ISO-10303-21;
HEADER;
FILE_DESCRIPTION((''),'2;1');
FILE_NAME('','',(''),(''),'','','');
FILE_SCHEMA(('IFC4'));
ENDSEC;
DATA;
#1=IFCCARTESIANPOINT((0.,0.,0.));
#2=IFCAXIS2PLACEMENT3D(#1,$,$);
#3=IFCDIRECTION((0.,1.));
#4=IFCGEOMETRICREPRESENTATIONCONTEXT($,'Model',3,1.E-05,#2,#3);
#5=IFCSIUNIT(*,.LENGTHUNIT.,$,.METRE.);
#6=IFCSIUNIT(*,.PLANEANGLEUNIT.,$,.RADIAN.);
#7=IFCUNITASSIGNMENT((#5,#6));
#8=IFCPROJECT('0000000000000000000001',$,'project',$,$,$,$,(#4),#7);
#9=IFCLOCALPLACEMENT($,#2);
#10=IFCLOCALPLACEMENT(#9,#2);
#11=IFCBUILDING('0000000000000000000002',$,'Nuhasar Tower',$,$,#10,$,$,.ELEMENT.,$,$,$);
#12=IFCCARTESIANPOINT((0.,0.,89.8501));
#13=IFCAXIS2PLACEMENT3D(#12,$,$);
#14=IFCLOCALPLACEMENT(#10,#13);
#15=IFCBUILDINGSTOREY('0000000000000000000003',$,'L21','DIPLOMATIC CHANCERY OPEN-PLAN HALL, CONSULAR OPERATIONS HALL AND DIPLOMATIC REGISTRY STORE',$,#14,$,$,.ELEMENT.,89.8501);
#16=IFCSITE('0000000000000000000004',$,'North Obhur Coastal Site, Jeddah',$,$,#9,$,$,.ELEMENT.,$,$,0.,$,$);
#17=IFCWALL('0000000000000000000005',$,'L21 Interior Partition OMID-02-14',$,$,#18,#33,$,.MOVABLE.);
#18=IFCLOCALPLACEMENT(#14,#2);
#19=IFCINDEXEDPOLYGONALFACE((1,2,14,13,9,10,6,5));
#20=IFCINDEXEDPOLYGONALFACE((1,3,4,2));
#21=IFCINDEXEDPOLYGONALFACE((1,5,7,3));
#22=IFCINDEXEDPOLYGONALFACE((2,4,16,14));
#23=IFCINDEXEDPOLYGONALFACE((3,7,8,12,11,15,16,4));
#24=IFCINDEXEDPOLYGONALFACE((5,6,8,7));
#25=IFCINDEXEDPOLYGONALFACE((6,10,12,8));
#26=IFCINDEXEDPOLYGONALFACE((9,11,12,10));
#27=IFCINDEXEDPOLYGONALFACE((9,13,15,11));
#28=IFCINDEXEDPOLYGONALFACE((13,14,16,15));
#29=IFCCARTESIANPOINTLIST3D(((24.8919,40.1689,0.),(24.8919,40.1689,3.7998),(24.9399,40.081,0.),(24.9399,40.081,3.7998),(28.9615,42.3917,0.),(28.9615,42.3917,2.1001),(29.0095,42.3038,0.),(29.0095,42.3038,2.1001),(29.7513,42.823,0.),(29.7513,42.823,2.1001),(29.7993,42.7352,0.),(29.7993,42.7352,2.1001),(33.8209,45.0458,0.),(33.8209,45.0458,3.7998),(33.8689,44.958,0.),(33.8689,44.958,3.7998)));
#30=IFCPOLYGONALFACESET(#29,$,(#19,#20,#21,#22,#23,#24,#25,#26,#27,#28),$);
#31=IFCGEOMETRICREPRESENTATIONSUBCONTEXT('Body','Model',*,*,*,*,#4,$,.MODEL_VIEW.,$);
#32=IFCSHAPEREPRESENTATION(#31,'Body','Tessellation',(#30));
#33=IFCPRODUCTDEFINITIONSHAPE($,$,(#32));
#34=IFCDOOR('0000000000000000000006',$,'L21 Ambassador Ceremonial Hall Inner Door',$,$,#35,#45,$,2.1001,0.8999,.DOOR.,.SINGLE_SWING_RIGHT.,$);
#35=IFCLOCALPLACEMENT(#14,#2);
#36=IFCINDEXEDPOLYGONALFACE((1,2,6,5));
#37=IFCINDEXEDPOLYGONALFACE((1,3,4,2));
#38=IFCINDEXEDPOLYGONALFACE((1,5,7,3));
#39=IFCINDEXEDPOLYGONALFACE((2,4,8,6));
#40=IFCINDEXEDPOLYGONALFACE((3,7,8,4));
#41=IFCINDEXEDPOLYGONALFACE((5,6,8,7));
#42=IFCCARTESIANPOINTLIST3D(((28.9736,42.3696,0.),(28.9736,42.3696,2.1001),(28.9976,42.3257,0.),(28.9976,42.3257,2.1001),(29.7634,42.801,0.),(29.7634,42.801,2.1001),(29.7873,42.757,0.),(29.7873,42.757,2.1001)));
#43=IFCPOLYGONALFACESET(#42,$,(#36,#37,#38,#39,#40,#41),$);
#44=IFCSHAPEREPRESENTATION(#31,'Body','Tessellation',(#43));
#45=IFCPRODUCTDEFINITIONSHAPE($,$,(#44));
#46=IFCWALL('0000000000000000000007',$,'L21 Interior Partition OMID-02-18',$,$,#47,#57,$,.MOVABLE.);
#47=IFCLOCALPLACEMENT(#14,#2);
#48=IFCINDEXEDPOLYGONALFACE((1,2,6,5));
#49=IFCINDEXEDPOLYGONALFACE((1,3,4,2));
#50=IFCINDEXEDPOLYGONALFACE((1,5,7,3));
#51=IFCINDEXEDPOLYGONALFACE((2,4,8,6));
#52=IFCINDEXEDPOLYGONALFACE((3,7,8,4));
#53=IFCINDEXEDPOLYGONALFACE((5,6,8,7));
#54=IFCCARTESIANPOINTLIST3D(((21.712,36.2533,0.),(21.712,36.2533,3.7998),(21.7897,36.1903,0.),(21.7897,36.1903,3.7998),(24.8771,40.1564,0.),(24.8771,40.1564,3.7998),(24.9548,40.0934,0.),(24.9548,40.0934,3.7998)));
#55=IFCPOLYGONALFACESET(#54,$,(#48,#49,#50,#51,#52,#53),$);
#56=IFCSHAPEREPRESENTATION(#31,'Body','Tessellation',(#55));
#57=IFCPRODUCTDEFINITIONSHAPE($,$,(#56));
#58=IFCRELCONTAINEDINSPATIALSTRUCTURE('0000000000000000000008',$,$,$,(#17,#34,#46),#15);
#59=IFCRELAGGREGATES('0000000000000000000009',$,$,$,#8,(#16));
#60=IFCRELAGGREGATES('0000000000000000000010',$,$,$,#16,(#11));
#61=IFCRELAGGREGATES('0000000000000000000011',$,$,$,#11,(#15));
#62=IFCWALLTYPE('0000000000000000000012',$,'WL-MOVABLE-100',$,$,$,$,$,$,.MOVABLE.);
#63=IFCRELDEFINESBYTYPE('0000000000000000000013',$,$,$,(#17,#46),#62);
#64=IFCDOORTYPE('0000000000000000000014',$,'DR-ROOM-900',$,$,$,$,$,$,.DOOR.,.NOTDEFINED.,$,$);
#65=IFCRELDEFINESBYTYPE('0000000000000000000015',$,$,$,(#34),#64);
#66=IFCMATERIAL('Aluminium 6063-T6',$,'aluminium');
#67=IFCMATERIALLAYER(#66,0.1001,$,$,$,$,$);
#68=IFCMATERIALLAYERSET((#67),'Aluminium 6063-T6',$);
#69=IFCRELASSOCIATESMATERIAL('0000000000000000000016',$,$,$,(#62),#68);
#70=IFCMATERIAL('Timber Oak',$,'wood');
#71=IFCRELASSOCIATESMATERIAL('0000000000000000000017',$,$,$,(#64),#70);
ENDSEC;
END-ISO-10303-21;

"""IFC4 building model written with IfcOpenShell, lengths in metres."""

from ifc_helpers import new_model, si_unit, direction, frame, frame_2d, origin, place, context, subcontext, project, spatial, rectangle, extrude, material, layer, layer_set, type_object, element, fill, save


model = new_model("IFC4")

# Units and contexts
model_context = context("Model", 3, precision=1e-05, world=origin(), true_north=direction((0.0, 1.0)))
body_context = subcontext(model_context, "Body", "Model", "MODEL_VIEW")
ifc_project = project(units=[si_unit("LENGTHUNIT", "METRE"), si_unit("PLANEANGLEUNIT", "RADIAN")], contexts=[model_context])

# Site, building, storey
site_placement = place(None, origin())
site = spatial("IfcSite", under=ifc_project, at=site_placement, Name="North Obhur Coastal Site, Jeddah", CompositionType="ELEMENT", RefElevation=0.0)
building_placement = place(site_placement, origin())
building = spatial("IfcBuilding", under=site, at=building_placement, Name="Nuhasar Tower", CompositionType="ELEMENT")
storey_placement = place(building_placement, frame((0.0, 0.0, 89.8501)))
storey = spatial("IfcBuildingStorey", under=building, at=storey_placement, Name="L21", Description="DIPLOMATIC CHANCERY OPEN-PLAN HALL, CONSULAR OPERATIONS HALL AND DIPLOMATIC REGISTRY STORE", CompositionType="ELEMENT", Elevation=89.8501)

# Shared definitions
ifc_material_1 = material(Name="Aluminium 6063-T6", Category="aluminium")

# Wall, opening, door
ifc_layer_1 = layer(ifc_material_1, 0.1001)
ifc_layer_set_1 = layer_set([ifc_layer_1], Name="Aluminium 6063-T6")
wall_type = type_object("IfcWallType", Name="WL-MOVABLE-100", PredefinedType="MOVABLE", material=ifc_layer_set_1)
wall_1_placement = place(storey_placement, frame((24.916, 40.125, 0.0), z_axis=(0.0, 0.0, 1.0), x_axis=(0.877622, 0.479353, 0.0)))
wall_1 = element("IfcWall", 1, at=wall_1_placement, inside=storey, type_object=wall_type, Name="L21 Interior Partition OMID-02-14", PredefinedType="MOVABLE", context=body_context, shape_type="SweptSolid", body=[
    extrude(rectangle(XDim=10.1741, YDim=0.1001, at=frame_2d((5.0869, 0.0))), origin(), (0.0, 0.0, 1.0), 3.7998),
])
opening_placement = place(wall_1_placement, frame((4.637, 0.0, 0.0)))
opening = element("IfcOpeningElement", 2, at=opening_placement, cuts=wall_1, PredefinedType="OPENING", context=body_context, shape_type="SweptSolid", body=[
    extrude(rectangle(XDim=0.8999, YDim=2.1001, at=frame_2d((0.45, 1.05))), frame((0.0, 0.0601, 0.0), z_axis=(0.0, -1.0, 0.0), x_axis=(1.0, 0.0, 0.0)), (0.0, 0.0, 1.0), 0.1201),
])
ifc_material_2 = material(Name="Timber Oak", Category="wood")
door_type = type_object("IfcDoorType", Name="DR-ROOM-900", OperationType="NOTDEFINED", PredefinedType="DOOR", material=ifc_material_2)
door_placement = place(opening_placement, origin())
door = element("IfcDoor", 3, at=door_placement, inside=storey, type_object=door_type, Name="L21 Ambassador Ceremonial Hall Inner Door", OperationType="SINGLE_SWING_RIGHT", OverallHeight=2.1001, OverallWidth=0.8999, PredefinedType="DOOR", context=body_context, shape_type="SweptSolid", body=[
    extrude(rectangle(XDim=0.8999, YDim=2.1001, at=frame_2d((0.45, 1.05))), frame((0.0, 0.0249, 0.0), z_axis=(0.0, -1.0, 0.0), x_axis=(1.0, 0.0, 0.0)), (0.0, 0.0, 1.0), 0.05),
])
fill(opening, door)

# Wall
wall_2_placement = place(storey_placement, frame((24.916, 40.125, 0.0), z_axis=(0.0, 0.0, 1.0), x_axis=(-0.629848, -0.776718, 0.0)))
element("IfcWall", 4, at=wall_2_placement, inside=storey, type_object=wall_type, Name="L21 Interior Partition OMID-02-18", PredefinedType="MOVABLE", context=body_context, shape_type="SweptSolid", body=[
    extrude(rectangle(XDim=5.0251, YDim=0.1001, at=frame_2d((2.5127, 0.0))), origin(), (0.0, 0.0, 1.0), 3.7998),
])

save(model, "model.ifc")
